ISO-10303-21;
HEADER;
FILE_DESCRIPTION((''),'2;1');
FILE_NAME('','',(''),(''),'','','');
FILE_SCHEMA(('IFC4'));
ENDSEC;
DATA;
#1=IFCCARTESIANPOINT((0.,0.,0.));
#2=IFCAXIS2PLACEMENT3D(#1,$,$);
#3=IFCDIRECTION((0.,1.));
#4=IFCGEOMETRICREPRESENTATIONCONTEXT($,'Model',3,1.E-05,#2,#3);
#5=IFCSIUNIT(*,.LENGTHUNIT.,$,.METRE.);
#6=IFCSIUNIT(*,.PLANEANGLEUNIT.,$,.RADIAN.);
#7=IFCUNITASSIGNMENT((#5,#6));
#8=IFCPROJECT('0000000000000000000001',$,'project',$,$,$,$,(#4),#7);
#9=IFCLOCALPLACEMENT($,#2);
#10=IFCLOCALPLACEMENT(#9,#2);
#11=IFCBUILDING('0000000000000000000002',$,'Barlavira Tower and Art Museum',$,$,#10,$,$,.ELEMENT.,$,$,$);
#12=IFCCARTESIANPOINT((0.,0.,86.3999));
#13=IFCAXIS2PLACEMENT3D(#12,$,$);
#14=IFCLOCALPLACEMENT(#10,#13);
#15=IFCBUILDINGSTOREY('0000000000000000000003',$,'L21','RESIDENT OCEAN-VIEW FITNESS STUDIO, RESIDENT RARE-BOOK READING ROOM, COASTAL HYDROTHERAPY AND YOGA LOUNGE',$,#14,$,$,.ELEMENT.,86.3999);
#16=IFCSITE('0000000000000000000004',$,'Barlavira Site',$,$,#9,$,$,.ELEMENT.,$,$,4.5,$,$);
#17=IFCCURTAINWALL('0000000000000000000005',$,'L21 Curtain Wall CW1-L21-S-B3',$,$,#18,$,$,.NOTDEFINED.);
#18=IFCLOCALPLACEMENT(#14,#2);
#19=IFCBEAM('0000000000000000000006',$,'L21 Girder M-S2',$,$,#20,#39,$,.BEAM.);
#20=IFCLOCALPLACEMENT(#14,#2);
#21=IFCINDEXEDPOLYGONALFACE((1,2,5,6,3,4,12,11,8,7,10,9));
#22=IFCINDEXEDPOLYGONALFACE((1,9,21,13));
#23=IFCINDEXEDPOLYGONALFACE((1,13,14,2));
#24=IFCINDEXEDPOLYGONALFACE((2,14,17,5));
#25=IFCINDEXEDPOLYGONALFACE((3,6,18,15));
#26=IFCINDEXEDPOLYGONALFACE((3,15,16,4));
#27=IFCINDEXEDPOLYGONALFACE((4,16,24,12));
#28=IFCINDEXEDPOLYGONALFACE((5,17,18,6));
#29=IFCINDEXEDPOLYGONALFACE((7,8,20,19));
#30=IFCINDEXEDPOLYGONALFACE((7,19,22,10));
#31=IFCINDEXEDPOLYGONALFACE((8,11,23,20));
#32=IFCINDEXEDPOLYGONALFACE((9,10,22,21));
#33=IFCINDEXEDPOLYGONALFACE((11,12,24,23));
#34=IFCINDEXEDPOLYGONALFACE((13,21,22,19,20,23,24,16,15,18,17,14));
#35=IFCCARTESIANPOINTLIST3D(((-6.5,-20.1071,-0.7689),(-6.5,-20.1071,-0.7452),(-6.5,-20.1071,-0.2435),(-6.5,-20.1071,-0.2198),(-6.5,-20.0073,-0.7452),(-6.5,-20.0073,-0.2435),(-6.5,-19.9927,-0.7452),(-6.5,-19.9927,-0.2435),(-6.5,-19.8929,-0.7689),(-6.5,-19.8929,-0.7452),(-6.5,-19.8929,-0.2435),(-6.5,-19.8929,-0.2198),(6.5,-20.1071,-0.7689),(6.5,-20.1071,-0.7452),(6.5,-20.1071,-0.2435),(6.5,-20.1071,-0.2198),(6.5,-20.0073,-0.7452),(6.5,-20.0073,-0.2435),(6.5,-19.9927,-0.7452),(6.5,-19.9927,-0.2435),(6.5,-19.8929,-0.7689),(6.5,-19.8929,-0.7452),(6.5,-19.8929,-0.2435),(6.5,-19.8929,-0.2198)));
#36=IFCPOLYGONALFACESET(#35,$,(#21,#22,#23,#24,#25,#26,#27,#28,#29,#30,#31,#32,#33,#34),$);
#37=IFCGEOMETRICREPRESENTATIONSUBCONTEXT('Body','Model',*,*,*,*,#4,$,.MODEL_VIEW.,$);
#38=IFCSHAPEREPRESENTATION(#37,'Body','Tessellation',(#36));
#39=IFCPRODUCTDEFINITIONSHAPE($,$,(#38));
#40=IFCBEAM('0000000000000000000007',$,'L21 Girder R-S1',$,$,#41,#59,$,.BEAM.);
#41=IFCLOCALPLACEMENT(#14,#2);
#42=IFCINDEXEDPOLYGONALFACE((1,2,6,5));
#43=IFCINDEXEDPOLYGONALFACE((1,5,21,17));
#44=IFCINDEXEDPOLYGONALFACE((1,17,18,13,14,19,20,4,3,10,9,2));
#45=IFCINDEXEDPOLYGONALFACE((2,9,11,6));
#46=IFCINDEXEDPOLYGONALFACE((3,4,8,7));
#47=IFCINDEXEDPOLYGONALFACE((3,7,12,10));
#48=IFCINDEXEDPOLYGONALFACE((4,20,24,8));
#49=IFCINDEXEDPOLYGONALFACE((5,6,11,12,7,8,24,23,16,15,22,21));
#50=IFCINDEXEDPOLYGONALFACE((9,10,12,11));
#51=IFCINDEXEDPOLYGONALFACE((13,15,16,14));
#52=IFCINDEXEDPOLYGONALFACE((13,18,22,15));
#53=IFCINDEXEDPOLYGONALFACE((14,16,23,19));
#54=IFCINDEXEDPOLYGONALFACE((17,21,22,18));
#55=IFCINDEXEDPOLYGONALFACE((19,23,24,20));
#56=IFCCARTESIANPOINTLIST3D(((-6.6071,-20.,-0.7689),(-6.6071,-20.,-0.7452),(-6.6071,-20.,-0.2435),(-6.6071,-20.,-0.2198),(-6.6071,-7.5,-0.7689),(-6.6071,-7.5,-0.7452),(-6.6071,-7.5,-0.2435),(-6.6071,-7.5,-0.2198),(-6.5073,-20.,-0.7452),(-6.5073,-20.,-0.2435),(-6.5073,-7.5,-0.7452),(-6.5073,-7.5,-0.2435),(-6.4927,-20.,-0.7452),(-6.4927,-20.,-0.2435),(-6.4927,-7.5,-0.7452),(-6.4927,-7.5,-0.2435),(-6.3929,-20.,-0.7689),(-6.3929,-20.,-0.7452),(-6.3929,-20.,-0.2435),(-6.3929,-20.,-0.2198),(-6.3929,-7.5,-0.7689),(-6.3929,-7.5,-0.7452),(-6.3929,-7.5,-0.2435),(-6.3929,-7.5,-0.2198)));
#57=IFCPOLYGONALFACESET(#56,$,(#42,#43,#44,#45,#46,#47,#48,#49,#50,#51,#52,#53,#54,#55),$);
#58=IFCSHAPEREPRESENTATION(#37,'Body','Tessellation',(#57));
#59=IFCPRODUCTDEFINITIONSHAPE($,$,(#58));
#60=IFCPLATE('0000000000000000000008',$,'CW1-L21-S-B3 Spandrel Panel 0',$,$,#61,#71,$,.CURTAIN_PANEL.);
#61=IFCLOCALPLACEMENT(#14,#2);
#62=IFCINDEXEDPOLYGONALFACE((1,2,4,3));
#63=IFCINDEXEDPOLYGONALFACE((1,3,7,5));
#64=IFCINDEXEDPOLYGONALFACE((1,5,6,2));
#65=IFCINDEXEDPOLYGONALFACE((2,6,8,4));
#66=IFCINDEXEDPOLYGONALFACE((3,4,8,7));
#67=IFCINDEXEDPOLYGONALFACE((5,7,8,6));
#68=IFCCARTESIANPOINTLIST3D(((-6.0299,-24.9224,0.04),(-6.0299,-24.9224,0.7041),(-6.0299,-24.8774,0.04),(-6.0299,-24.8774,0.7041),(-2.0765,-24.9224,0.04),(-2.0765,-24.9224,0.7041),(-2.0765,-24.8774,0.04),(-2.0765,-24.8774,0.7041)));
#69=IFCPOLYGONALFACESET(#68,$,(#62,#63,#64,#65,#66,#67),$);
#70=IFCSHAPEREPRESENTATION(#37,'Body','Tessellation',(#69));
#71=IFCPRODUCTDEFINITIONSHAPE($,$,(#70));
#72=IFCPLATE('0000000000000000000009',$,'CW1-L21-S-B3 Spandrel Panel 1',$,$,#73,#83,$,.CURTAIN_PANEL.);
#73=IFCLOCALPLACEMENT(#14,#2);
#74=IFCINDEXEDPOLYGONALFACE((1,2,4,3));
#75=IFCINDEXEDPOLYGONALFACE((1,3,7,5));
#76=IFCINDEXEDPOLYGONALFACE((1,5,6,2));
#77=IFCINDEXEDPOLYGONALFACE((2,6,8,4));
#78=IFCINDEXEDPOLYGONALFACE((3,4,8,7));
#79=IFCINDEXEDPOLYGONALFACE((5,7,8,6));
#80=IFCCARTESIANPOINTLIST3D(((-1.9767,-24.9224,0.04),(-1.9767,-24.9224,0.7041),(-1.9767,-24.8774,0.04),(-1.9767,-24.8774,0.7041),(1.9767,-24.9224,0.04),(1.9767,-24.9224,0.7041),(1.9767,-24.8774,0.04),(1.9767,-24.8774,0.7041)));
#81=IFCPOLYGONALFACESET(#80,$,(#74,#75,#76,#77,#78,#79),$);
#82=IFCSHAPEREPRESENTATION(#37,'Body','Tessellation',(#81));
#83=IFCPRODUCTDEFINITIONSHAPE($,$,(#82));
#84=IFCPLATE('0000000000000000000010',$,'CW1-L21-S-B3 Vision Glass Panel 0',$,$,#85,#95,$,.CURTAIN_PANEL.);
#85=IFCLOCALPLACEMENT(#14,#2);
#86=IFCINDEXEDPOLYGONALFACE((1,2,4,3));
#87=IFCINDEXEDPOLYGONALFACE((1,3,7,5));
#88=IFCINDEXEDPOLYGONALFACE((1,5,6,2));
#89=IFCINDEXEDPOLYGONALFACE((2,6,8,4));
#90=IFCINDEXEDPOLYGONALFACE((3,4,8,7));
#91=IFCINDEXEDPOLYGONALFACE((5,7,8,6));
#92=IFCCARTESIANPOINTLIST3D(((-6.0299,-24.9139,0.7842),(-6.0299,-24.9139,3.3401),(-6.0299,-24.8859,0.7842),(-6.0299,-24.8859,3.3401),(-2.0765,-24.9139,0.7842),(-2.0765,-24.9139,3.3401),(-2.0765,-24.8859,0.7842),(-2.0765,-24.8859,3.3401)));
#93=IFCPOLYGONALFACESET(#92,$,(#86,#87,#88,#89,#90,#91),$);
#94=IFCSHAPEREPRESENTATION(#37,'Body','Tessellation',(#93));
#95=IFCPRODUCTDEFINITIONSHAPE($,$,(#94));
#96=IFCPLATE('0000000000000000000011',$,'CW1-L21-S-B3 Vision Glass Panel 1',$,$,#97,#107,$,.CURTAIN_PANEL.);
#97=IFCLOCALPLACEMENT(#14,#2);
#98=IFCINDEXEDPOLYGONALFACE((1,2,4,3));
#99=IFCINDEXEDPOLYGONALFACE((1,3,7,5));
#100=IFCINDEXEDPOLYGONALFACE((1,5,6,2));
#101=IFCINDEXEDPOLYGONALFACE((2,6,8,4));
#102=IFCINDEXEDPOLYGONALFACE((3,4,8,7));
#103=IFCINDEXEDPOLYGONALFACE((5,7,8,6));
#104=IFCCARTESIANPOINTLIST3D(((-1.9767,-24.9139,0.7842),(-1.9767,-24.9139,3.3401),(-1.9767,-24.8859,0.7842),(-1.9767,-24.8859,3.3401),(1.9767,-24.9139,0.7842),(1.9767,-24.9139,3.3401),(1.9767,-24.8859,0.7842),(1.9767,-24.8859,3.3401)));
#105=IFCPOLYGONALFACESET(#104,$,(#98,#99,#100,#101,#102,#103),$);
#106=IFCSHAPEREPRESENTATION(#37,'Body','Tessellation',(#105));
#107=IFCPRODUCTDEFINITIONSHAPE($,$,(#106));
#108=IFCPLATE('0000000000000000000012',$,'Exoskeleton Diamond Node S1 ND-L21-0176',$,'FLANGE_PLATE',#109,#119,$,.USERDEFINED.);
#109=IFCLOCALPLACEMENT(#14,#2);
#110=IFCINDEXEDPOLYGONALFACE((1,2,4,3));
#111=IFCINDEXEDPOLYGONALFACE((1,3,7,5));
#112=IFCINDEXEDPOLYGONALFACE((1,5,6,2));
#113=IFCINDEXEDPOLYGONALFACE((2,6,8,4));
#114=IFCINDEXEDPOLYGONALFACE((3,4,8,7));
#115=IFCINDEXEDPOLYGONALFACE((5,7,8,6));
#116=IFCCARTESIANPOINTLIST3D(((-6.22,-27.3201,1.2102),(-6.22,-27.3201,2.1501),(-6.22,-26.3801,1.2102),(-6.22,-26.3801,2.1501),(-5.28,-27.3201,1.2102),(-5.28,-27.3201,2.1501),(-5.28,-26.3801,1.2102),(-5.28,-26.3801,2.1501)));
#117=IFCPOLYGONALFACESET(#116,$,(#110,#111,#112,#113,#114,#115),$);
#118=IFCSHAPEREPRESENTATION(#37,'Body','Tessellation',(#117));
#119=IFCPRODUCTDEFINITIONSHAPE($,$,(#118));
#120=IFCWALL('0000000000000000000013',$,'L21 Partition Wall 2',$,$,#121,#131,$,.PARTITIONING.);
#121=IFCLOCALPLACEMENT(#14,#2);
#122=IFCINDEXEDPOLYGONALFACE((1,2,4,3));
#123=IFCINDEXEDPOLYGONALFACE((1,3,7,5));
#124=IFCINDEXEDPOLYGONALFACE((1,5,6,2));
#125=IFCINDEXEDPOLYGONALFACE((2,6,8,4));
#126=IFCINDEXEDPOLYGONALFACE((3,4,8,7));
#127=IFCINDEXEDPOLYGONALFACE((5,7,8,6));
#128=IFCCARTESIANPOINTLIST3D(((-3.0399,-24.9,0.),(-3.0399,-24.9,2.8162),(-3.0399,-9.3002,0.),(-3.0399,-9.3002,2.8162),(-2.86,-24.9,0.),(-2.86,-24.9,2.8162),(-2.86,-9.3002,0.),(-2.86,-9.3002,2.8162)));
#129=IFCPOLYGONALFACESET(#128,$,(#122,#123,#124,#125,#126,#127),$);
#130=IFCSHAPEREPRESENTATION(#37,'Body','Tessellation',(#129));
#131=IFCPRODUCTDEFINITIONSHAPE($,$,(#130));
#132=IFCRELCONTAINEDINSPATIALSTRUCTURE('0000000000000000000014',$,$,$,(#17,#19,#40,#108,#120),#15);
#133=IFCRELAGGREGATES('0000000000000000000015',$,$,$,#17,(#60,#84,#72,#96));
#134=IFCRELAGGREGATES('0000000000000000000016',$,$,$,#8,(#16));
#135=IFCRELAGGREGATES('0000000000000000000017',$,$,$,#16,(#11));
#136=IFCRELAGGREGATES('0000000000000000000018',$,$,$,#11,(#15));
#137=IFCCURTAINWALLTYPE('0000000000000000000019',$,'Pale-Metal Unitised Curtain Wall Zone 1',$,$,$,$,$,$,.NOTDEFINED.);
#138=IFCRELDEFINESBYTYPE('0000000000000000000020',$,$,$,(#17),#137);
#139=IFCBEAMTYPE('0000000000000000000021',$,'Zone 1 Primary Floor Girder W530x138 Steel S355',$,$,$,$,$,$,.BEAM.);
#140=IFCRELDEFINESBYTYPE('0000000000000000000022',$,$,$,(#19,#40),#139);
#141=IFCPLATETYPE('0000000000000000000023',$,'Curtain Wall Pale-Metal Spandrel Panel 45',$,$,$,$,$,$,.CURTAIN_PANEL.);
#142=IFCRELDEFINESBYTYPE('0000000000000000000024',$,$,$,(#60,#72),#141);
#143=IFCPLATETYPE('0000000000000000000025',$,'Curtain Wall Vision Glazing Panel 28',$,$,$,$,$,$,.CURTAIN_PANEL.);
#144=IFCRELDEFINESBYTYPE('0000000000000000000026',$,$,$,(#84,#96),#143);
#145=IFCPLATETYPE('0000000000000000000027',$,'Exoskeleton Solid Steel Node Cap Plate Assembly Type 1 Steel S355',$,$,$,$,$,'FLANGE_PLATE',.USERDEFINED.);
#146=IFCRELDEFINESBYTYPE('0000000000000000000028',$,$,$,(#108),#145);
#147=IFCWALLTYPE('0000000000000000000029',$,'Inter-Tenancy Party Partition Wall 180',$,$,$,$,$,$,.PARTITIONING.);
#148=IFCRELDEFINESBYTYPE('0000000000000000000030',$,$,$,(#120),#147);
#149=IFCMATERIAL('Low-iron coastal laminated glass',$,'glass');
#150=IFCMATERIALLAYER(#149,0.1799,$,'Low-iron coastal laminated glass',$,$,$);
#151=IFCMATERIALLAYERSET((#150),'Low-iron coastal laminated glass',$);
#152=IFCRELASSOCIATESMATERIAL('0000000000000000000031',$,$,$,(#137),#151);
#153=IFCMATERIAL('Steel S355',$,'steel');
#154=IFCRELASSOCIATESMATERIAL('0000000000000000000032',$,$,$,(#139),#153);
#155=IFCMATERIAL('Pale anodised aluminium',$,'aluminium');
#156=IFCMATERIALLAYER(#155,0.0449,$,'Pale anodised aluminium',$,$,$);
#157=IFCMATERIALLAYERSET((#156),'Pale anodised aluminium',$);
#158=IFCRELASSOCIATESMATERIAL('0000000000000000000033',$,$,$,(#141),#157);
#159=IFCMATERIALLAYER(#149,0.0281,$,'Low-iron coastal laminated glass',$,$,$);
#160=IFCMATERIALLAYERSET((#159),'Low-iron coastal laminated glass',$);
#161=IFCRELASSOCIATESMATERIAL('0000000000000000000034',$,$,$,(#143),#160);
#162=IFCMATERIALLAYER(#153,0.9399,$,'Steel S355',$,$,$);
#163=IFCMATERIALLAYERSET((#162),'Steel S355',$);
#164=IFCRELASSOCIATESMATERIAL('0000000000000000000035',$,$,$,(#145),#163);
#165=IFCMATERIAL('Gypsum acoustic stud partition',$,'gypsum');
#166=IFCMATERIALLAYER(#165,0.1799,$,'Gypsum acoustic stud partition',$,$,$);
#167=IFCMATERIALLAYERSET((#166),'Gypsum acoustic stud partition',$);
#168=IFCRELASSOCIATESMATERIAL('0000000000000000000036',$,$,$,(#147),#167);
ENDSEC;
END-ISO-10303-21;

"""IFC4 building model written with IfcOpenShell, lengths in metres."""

from ifc_helpers import new_model, si_unit, direction, frame, frame_2d, origin, origin_2d, place, context, subcontext, project, spatial, rectangle, i_section, extrude, material, layer, layer_set, material_profile, profile_set, type_object, element, aggregate, save


model = new_model("IFC4")

# Units and contexts
model_context = context("Model", 3, precision=1e-05, world=origin(), true_north=direction((0.0, 1.0)))
body_context = subcontext(model_context, "Body", "Model", "MODEL_VIEW")
ifc_project = project(units=[si_unit("LENGTHUNIT", "METRE"), si_unit("PLANEANGLEUNIT", "RADIAN")], contexts=[model_context])

# Site, building, storey
site_placement = place(None, origin())
site = spatial("IfcSite", under=ifc_project, at=site_placement, Name="Barlavira Site", CompositionType="ELEMENT", RefElevation=4.5)
building_placement = place(site_placement, origin())
building = spatial("IfcBuilding", under=site, at=building_placement, Name="Barlavira Tower and Art Museum", CompositionType="ELEMENT")
storey_placement = place(building_placement, frame((0.0, 0.0, 86.3999)))
storey = spatial("IfcBuildingStorey", under=building, at=storey_placement, Name="L21", Description="RESIDENT OCEAN-VIEW FITNESS STUDIO, RESIDENT RARE-BOOK READING ROOM, COASTAL HYDROTHERAPY AND YOGA LOUNGE", CompositionType="ELEMENT", Elevation=86.3999)

# Curtain wall
ifc_material_1 = material(Name="Low-iron coastal laminated glass", Category="glass")
ifc_layer_1 = layer(ifc_material_1, 0.1799, Name="Low-iron coastal laminated glass")
ifc_layer_set_1 = layer_set([ifc_layer_1], Name="Low-iron coastal laminated glass")
curtain_wall_type = type_object("IfcCurtainWallType", Name="Pale-Metal Unitised Curtain Wall Zone 1", PredefinedType="NOTDEFINED", material=ifc_layer_set_1)
curtain_wall_placement = place(storey_placement, origin())
curtain_wall = element("IfcCurtainWall", 1, at=curtain_wall_placement, inside=storey, type_object=curtain_wall_type, Name="L21 Curtain Wall CW1-L21-S-B3", PredefinedType="NOTDEFINED")
ifc_material_2 = material(Name="Pale anodised aluminium", Category="aluminium")

# Beams
ifc_material_3 = material(Name="Steel S355", Category="steel")
ifc_material_profile_1 = material_profile(ifc_material_3, i_section(OverallWidth=0.2141, OverallDepth=0.5491, WebThickness=0.0146, FlangeThickness=0.0237, at=origin_2d()), Name="W530x138.0")
ifc_profile_set_1 = profile_set([ifc_material_profile_1], Name="Steel S355")
beam_type_1 = type_object("IfcBeamType", Name="Zone 1 Primary Floor Girder W530x138 Steel S355", PredefinedType="BEAM", material=ifc_profile_set_1)
beam_1_placement = place(storey_placement, frame((-6.5, -20.0, -0.4944), z_axis=(1.0, 0.0, 0.0), x_axis=(0.0, 1.0, 0.0)))
element("IfcBeam", 2, at=beam_1_placement, inside=storey, type_object=beam_type_1, Name="L21 Girder M-S2", PredefinedType="BEAM", context=body_context, shape_type="SweptSolid", body=[
    extrude(i_section(OverallWidth=0.2141, OverallDepth=0.5491, WebThickness=0.0146, FlangeThickness=0.0237, at=origin_2d()), origin(), (0.0, 0.0, 1.0), 13.0),
])
beam_2_placement = place(storey_placement, frame((-6.5, -20.0, -0.4944), z_axis=(0.0, 1.0, 0.0), x_axis=(-1.0, 0.0, 0.0)))
element("IfcBeam", 3, at=beam_2_placement, inside=storey, type_object=beam_type_1, Name="L21 Girder R-S1", PredefinedType="BEAM", context=body_context, shape_type="SweptSolid", body=[
    extrude(i_section(OverallWidth=0.2141, OverallDepth=0.5491, WebThickness=0.0146, FlangeThickness=0.0237, at=origin_2d()), origin(), (0.0, 0.0, 1.0), 12.5),
])

# Plates
ifc_layer_2 = layer(ifc_material_2, 0.0449, Name="Pale anodised aluminium")
ifc_layer_set_2 = layer_set([ifc_layer_2], Name="Pale anodised aluminium")
plate_type_1 = type_object("IfcPlateType", Name="Curtain Wall Pale-Metal Spandrel Panel 45", PredefinedType="CURTAIN_PANEL", material=ifc_layer_set_2)
plate_1_placement = place(storey_placement, frame((-4.0532, -24.8999, 0.04), z_axis=(0.0, 0.0, 1.0), x_axis=(1.0, 0.0, 0.0)))
plate_1 = element("IfcPlate", 4, at=plate_1_placement, type_object=plate_type_1, Name="CW1-L21-S-B3 Spandrel Panel 0", PredefinedType="CURTAIN_PANEL", context=body_context, shape_type="SweptSolid", body=[
    extrude(rectangle(XDim=3.9534, YDim=0.0449, at=origin_2d()), origin(), (0.0, 0.0, 1.0), 0.6641),
])
plate_2_placement = place(storey_placement, frame((0.0, -24.8999, 0.04), z_axis=(0.0, 0.0, 1.0), x_axis=(1.0, 0.0, 0.0)))
plate_2 = element("IfcPlate", 5, at=plate_2_placement, type_object=plate_type_1, Name="CW1-L21-S-B3 Spandrel Panel 1", PredefinedType="CURTAIN_PANEL", context=body_context, shape_type="SweptSolid", body=[
    extrude(rectangle(XDim=3.9534, YDim=0.0449, at=origin_2d()), origin(), (0.0, 0.0, 1.0), 0.6641),
])
ifc_layer_3 = layer(ifc_material_1, 0.0281, Name="Low-iron coastal laminated glass")
ifc_layer_set_3 = layer_set([ifc_layer_3], Name="Low-iron coastal laminated glass")
plate_type_2 = type_object("IfcPlateType", Name="Curtain Wall Vision Glazing Panel 28", PredefinedType="CURTAIN_PANEL", material=ifc_layer_set_3)
plate_3_placement = place(storey_placement, frame((-4.0532, -24.8999, 0.7842), z_axis=(0.0, 0.0, 1.0), x_axis=(1.0, 0.0, 0.0)))
plate_3 = element("IfcPlate", 6, at=plate_3_placement, type_object=plate_type_2, Name="CW1-L21-S-B3 Vision Glass Panel 0", PredefinedType="CURTAIN_PANEL", context=body_context, shape_type="SweptSolid", body=[
    extrude(rectangle(XDim=3.9534, YDim=0.0281, at=origin_2d()), origin(), (0.0, 0.0, 1.0), 2.5559),
])
plate_4_placement = place(storey_placement, frame((0.0, -24.8999, 0.7842), z_axis=(0.0, 0.0, 1.0), x_axis=(1.0, 0.0, 0.0)))
plate_4 = element("IfcPlate", 7, at=plate_4_placement, type_object=plate_type_2, Name="CW1-L21-S-B3 Vision Glass Panel 1", PredefinedType="CURTAIN_PANEL", context=body_context, shape_type="SweptSolid", body=[
    extrude(rectangle(XDim=3.9534, YDim=0.0281, at=origin_2d()), origin(), (0.0, 0.0, 1.0), 2.5559),
])
aggregate(curtain_wall, [plate_1, plate_3, plate_2, plate_4])
ifc_layer_4 = layer(ifc_material_3, 0.9399, Name="Steel S355")
ifc_layer_set_4 = layer_set([ifc_layer_4], Name="Steel S355")
plate_type_3 = type_object("IfcPlateType", Name="Exoskeleton Solid Steel Node Cap Plate Assembly Type 1 Steel S355", ElementType="FLANGE_PLATE", PredefinedType="USERDEFINED", material=ifc_layer_set_4)
plate_5_placement = place(storey_placement, frame((-5.75, -26.8501, 1.2102), z_axis=(0.0, 0.0, 1.0), x_axis=(1.0, 0.0, 0.0)))
element("IfcPlate", 8, at=plate_5_placement, inside=storey, type_object=plate_type_3, Name="Exoskeleton Diamond Node S1 ND-L21-0176", ObjectType="FLANGE_PLATE", PredefinedType="USERDEFINED", context=body_context, shape_type="SweptSolid", body=[
    extrude(rectangle(XDim=0.9399, YDim=0.9399, at=origin_2d()), origin(), (0.0, 0.0, 1.0), 0.9399),
])

# Wall
ifc_material_4 = material(Name="Gypsum acoustic stud partition", Category="gypsum")
ifc_layer_5 = layer(ifc_material_4, 0.1799, Name="Gypsum acoustic stud partition")
ifc_layer_set_5 = layer_set([ifc_layer_5], Name="Gypsum acoustic stud partition")
wall_type = type_object("IfcWallType", Name="Inter-Tenancy Party Partition Wall 180", PredefinedType="PARTITIONING", material=ifc_layer_set_5)
wall_placement = place(storey_placement, frame((-2.95, -24.8999, 0.0), z_axis=(0.0, 0.0, 1.0), x_axis=(0.0, 1.0, 0.0)))
element("IfcWall", 9, at=wall_placement, inside=storey, type_object=wall_type, Name="L21 Partition Wall 2", PredefinedType="PARTITIONING", context=body_context, shape_type="SweptSolid", body=[
    extrude(rectangle(XDim=15.5999, YDim=0.1799, at=frame_2d((7.7998, 0.0))), origin(), (0.0, 0.0, 1.0), 2.8162),
])

save(model, "model.ifc")
